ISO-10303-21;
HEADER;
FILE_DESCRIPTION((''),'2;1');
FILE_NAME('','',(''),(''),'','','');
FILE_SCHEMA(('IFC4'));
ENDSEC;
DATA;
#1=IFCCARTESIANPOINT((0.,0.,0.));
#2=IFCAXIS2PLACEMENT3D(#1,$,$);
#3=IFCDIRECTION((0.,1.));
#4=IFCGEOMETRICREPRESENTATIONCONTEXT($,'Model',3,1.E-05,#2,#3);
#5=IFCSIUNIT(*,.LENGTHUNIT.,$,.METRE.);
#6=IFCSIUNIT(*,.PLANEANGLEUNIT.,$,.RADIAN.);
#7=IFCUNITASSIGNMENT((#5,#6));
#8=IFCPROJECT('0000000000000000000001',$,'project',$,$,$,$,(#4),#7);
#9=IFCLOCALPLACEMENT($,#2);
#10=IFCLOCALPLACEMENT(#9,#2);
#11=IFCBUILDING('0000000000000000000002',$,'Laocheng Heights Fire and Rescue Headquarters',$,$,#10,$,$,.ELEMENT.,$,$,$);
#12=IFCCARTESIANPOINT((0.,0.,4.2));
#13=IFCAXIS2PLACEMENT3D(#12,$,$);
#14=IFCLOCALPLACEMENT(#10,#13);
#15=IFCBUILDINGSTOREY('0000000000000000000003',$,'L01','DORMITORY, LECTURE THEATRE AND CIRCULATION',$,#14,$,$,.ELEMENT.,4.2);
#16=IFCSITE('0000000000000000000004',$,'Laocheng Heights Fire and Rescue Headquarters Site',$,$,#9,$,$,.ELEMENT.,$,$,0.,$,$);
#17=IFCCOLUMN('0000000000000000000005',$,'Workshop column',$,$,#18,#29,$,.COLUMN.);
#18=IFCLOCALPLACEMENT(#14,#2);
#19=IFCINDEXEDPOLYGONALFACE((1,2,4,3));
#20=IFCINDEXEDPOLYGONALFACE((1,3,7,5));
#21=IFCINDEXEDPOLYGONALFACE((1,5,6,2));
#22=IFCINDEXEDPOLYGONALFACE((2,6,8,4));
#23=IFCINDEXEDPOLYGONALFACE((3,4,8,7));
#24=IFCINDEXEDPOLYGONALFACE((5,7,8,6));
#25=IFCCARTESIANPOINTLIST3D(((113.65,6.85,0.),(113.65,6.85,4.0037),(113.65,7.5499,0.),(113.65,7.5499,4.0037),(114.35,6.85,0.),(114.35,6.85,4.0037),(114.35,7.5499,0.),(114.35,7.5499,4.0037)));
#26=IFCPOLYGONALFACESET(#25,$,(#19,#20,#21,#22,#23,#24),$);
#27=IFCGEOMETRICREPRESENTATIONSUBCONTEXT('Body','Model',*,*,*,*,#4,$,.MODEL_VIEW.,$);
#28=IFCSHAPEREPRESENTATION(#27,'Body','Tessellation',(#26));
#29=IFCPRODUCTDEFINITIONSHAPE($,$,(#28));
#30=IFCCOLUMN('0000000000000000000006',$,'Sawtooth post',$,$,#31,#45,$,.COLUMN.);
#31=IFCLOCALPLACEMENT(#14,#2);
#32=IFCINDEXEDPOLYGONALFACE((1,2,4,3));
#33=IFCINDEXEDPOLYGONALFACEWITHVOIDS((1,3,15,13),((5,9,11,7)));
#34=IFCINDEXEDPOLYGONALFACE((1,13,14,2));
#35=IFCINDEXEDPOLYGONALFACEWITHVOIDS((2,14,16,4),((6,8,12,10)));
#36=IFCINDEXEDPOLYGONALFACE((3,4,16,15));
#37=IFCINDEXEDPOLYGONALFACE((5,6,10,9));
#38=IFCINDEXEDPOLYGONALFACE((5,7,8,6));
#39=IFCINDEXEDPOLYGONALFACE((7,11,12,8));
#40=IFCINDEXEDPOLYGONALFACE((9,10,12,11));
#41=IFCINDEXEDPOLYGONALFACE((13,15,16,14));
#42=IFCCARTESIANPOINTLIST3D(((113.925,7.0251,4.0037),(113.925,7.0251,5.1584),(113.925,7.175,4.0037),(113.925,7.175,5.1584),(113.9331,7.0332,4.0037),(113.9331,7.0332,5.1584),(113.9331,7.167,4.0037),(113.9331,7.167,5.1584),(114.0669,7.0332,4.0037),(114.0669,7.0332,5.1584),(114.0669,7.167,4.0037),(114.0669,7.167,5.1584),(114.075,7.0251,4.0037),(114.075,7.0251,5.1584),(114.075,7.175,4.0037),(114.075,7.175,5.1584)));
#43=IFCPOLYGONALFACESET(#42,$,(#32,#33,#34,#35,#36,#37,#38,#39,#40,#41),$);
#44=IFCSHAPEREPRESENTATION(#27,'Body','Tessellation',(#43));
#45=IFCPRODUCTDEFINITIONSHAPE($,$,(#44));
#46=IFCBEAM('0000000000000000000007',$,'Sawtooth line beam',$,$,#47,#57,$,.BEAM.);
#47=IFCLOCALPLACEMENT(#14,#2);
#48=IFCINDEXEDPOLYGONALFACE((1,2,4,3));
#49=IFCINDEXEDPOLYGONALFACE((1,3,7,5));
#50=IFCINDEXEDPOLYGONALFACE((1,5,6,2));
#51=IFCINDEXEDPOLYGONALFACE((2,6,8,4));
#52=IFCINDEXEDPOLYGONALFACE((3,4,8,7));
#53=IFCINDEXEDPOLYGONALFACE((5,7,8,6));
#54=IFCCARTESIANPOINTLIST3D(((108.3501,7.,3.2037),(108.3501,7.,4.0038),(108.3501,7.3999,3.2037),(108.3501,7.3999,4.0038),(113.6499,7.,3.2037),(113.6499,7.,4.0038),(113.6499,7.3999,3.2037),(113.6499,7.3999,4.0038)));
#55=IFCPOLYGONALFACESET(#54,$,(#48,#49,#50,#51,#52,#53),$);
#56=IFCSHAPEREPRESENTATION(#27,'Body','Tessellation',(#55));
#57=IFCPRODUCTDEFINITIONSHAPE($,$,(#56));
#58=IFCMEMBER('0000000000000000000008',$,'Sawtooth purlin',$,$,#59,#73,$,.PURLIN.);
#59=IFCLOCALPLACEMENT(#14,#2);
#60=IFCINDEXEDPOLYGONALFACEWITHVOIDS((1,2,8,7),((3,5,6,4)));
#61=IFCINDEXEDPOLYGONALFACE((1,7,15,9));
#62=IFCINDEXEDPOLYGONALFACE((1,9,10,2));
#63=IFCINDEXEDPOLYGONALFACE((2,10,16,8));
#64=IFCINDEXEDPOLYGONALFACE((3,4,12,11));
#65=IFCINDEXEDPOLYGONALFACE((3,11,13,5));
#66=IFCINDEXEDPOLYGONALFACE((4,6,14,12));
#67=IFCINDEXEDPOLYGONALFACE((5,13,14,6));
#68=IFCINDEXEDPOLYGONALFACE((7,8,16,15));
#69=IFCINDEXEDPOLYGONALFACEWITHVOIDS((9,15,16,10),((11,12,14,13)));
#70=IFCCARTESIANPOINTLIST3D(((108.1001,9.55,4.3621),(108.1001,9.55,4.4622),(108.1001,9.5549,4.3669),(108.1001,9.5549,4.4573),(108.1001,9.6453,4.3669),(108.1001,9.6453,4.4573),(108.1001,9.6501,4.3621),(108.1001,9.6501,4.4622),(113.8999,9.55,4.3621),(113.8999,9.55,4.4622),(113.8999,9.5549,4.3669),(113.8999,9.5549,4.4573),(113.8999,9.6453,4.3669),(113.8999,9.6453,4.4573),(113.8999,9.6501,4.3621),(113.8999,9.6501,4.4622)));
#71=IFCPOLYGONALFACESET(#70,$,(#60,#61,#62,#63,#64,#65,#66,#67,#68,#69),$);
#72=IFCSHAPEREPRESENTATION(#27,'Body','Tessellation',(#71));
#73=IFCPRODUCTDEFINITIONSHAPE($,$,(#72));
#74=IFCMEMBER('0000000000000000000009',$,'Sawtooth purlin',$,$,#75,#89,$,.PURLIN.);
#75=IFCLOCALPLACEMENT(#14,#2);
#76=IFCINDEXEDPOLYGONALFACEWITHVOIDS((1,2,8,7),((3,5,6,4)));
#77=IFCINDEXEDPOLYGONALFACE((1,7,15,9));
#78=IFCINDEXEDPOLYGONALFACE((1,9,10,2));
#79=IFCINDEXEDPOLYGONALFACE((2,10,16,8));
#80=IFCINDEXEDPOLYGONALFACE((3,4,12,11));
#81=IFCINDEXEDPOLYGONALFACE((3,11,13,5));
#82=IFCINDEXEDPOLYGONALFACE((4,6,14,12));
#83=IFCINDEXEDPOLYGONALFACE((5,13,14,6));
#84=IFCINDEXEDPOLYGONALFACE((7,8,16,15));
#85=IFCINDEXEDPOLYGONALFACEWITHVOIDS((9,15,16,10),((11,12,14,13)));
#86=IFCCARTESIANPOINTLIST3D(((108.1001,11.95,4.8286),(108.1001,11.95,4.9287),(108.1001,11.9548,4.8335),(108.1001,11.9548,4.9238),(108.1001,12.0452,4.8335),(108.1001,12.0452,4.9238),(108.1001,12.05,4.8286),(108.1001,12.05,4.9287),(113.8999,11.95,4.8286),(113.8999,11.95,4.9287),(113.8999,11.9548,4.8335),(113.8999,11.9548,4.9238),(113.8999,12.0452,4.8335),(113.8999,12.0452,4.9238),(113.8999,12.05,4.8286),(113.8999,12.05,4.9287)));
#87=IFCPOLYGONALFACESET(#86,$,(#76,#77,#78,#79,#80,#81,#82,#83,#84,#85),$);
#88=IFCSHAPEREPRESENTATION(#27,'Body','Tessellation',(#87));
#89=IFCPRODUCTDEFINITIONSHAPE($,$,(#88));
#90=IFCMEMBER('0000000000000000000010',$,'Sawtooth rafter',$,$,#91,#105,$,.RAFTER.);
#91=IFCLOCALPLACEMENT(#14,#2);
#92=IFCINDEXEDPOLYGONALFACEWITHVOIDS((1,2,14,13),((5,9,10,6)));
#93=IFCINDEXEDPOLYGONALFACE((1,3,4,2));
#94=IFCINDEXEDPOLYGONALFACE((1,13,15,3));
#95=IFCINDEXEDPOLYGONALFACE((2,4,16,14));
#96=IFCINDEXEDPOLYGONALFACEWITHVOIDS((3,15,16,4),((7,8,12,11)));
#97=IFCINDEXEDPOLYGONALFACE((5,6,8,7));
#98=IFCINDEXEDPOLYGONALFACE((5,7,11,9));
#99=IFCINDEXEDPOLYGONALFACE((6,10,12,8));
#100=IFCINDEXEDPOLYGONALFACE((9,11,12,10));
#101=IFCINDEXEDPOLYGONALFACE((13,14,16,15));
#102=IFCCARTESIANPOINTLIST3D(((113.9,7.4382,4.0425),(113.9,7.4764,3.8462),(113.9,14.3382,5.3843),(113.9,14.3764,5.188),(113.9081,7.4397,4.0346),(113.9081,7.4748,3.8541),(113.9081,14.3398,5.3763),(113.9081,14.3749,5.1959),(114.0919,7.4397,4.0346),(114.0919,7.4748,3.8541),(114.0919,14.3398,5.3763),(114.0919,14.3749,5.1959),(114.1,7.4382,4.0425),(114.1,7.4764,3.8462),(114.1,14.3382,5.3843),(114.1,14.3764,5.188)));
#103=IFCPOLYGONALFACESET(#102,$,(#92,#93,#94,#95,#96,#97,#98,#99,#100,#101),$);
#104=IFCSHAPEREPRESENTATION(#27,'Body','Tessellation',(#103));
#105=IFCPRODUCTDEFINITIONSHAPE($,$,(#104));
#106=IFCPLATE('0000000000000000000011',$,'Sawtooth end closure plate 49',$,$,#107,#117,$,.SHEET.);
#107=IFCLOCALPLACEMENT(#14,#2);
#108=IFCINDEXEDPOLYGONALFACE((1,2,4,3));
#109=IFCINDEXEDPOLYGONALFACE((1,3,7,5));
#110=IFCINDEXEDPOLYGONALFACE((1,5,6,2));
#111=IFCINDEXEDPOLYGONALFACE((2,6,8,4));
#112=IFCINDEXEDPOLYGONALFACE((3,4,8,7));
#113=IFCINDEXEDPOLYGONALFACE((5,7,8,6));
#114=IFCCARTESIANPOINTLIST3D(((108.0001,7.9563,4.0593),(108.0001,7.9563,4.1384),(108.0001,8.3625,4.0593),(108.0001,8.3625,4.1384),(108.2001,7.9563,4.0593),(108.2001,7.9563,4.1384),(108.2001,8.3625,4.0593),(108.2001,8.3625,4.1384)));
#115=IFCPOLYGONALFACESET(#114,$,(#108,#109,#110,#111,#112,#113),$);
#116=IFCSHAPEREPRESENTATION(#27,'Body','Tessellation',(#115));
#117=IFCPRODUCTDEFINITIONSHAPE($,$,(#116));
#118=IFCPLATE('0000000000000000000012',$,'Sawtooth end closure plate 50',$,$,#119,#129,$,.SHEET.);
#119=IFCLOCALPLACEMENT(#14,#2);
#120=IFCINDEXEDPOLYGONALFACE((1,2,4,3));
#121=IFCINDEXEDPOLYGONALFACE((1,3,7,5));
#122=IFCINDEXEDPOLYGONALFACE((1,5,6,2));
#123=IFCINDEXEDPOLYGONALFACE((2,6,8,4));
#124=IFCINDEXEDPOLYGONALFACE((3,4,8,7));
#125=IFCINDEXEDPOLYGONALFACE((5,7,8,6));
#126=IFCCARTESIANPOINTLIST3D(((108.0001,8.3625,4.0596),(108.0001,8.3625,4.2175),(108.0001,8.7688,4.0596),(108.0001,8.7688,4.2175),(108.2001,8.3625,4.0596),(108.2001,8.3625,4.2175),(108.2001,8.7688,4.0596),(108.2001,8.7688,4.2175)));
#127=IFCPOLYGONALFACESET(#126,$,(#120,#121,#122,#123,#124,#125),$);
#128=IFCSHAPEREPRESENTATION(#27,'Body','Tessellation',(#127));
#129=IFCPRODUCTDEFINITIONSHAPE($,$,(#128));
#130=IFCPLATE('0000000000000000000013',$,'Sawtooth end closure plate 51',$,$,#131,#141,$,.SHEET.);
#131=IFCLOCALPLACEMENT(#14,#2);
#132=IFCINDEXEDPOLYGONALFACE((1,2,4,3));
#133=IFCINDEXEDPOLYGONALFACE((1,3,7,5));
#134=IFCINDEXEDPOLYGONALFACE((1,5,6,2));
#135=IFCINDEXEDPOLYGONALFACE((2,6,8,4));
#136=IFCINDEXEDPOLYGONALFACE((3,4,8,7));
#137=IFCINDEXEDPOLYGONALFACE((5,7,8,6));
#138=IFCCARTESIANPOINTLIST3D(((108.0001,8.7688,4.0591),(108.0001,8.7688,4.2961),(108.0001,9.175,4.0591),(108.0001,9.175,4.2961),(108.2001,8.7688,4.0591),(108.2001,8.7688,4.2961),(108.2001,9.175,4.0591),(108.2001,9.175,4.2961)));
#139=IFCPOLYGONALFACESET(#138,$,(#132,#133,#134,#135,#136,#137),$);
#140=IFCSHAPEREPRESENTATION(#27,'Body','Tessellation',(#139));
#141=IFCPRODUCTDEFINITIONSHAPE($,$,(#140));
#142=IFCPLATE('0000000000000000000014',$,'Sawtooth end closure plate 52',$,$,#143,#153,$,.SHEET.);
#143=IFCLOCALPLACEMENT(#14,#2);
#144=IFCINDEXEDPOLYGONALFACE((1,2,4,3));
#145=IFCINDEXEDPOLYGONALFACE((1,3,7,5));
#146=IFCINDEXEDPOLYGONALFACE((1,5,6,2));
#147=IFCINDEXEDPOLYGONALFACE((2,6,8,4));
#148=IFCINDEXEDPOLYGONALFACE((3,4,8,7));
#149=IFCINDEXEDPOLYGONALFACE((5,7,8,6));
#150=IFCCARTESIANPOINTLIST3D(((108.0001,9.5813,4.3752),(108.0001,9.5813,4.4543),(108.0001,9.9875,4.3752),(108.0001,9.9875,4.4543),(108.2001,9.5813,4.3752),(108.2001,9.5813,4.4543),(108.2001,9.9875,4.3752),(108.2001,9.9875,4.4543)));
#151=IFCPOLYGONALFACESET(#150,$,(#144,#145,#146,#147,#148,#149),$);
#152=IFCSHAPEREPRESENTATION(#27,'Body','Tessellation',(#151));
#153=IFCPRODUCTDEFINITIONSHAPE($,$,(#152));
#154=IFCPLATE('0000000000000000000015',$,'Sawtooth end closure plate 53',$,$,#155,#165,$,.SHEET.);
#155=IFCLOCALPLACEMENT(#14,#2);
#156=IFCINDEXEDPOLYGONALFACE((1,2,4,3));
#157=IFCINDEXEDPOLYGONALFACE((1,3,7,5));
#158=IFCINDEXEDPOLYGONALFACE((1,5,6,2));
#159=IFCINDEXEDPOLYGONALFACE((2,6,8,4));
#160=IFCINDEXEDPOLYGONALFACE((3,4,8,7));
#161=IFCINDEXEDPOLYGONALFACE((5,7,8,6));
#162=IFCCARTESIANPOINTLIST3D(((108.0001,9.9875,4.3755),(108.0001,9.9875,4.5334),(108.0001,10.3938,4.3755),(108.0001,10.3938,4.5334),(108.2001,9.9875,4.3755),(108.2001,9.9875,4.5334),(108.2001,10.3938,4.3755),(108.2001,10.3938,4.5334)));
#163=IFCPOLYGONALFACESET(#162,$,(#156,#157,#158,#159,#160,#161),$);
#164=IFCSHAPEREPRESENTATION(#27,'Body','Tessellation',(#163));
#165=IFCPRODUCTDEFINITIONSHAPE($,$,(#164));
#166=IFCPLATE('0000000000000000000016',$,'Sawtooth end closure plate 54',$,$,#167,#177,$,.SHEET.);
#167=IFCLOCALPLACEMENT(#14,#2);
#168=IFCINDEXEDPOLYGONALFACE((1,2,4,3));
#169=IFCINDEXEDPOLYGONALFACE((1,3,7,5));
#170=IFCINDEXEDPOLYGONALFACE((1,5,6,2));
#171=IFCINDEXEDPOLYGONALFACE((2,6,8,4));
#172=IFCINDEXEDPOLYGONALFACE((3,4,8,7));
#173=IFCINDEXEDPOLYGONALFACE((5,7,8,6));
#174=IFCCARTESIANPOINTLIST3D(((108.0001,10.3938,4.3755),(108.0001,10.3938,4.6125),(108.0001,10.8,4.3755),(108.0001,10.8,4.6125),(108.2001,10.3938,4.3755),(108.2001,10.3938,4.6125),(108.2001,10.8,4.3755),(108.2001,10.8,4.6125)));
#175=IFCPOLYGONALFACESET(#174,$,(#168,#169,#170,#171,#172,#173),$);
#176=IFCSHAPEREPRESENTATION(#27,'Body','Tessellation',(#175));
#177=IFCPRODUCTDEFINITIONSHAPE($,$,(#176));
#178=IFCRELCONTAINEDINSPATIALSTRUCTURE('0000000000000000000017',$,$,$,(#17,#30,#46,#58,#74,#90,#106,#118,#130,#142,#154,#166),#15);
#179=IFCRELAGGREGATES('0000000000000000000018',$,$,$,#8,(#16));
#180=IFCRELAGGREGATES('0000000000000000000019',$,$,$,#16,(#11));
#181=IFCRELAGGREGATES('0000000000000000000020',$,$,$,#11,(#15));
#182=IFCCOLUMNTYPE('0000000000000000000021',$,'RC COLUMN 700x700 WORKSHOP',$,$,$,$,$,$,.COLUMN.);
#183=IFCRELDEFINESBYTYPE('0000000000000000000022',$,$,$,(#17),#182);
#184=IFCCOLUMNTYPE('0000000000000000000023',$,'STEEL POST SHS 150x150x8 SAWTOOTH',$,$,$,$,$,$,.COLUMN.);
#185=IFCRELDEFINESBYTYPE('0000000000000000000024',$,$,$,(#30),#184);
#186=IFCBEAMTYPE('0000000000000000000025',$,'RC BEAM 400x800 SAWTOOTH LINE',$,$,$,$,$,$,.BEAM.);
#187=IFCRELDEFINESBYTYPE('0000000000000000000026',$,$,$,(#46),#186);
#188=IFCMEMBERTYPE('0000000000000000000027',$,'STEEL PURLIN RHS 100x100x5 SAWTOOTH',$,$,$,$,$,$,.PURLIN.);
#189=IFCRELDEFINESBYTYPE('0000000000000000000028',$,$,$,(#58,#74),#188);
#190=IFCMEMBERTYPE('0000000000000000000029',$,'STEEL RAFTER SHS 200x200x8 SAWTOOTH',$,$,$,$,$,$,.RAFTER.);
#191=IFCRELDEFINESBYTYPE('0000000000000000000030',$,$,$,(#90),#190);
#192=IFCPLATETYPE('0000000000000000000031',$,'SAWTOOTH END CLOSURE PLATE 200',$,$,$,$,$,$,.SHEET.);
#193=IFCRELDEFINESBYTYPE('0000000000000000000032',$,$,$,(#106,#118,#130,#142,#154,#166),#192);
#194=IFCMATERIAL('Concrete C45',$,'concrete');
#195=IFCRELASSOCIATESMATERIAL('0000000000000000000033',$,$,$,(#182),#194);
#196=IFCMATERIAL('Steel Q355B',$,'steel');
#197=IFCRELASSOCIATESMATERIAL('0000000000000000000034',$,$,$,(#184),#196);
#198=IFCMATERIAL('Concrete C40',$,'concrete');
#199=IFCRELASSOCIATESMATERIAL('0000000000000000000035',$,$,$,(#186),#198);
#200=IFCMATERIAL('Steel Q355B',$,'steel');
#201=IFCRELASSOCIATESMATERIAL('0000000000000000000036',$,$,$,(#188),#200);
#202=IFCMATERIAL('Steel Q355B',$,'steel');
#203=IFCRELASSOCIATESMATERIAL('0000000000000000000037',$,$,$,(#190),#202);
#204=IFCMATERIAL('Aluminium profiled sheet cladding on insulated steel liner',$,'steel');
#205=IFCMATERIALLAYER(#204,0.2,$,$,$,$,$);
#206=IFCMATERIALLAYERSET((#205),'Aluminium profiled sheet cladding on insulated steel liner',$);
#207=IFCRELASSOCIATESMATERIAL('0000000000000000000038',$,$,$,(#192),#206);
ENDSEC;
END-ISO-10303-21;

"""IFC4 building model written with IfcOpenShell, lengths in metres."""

from ifc_helpers import new_model, si_unit, direction, frame, origin, origin_2d, place, context, subcontext, project, spatial, rectangle, hollow_rectangle, extrude, material, layer, layer_set, material_profile, profile_set, type_object, element, save


model = new_model("IFC4")

# Units and contexts
model_context = context("Model", 3, precision=1e-05, world=origin(), true_north=direction((0.0, 1.0)))
body_context = subcontext(model_context, "Body", "Model", "MODEL_VIEW")
ifc_project = project(units=[si_unit("LENGTHUNIT", "METRE"), si_unit("PLANEANGLEUNIT", "RADIAN")], contexts=[model_context])

# Site, building, storey
site_placement = place(None, origin())
site = spatial("IfcSite", under=ifc_project, at=site_placement, Name="Laocheng Heights Fire and Rescue Headquarters Site", CompositionType="ELEMENT", RefElevation=0.0)
building_placement = place(site_placement, origin())
building = spatial("IfcBuilding", under=site, at=building_placement, Name="Laocheng Heights Fire and Rescue Headquarters", CompositionType="ELEMENT")
storey_placement = place(building_placement, frame((0.0, 0.0, 4.2)))
storey = spatial("IfcBuildingStorey", under=building, at=storey_placement, Name="L01", Description="DORMITORY, LECTURE THEATRE AND CIRCULATION", CompositionType="ELEMENT", Elevation=4.2)

# Columns
ifc_material_1 = material(Name="Concrete C45", Category="concrete")
ifc_material_profile_1 = material_profile(ifc_material_1, rectangle(XDim=0.7, YDim=0.7, at=origin_2d()), Name="RC COLUMN 700x700 WORKSHOP")
ifc_profile_set_1 = profile_set([ifc_material_profile_1], Name="Concrete C45")
column_type_1 = type_object("IfcColumnType", Name="RC COLUMN 700x700 WORKSHOP", PredefinedType="COLUMN", material=ifc_profile_set_1)
column_1_placement = place(storey_placement, frame((114.0, 7.2, 0.0), z_axis=(0.0, 0.0, 1.0), x_axis=(1.0, 0.0, 0.0)))
element("IfcColumn", 1, at=column_1_placement, inside=storey, type_object=column_type_1, Name="Workshop column", PredefinedType="COLUMN", context=body_context, shape_type="SweptSolid", body=[
    extrude(rectangle(XDim=0.7, YDim=0.7, at=origin_2d()), origin(), (0.0, 0.0, 1.0), 4.0037),
])
ifc_material_2 = material(Name="Steel Q355B", Category="steel")
ifc_material_profile_2 = material_profile(ifc_material_2, hollow_rectangle(XDim=0.1499, YDim=0.1499, WallThickness=0.0081, at=origin_2d()), Name="SHS 150x150x8")
ifc_profile_set_2 = profile_set([ifc_material_profile_2], Name="Steel Q355B")
column_type_2 = type_object("IfcColumnType", Name="STEEL POST SHS 150x150x8 SAWTOOTH", PredefinedType="COLUMN", material=ifc_profile_set_2)
column_2_placement = place(storey_placement, frame((114.0, 7.1001, 4.0037), z_axis=(0.0, 0.0, 1.0), x_axis=(1.0, 0.0, 0.0)))
element("IfcColumn", 2, at=column_2_placement, inside=storey, type_object=column_type_2, Name="Sawtooth post", PredefinedType="COLUMN", context=body_context, shape_type="SweptSolid", body=[
    extrude(hollow_rectangle(XDim=0.1499, YDim=0.1499, WallThickness=0.0081, at=origin_2d()), origin(), (0.0, 0.0, 1.0), 1.1548),
])

# Beam
ifc_material_3 = material(Name="Concrete C40", Category="concrete")
ifc_material_profile_3 = material_profile(ifc_material_3, rectangle(XDim=0.3999, YDim=0.8, at=origin_2d()), Name="RC BEAM 400x800 SAWTOOTH LINE")
ifc_profile_set_3 = profile_set([ifc_material_profile_3], Name="Concrete C40")
beam_type = type_object("IfcBeamType", Name="RC BEAM 400x800 SAWTOOTH LINE", PredefinedType="BEAM", material=ifc_profile_set_3)
beam_placement = place(storey_placement, frame((108.3501, 7.2, 3.6038), z_axis=(1.0, 0.0, 0.0), x_axis=(0.0, 1.0, 0.0)))
element("IfcBeam", 3, at=beam_placement, inside=storey, type_object=beam_type, Name="Sawtooth line beam", PredefinedType="BEAM", context=body_context, shape_type="SweptSolid", body=[
    extrude(rectangle(XDim=0.3999, YDim=0.8, at=origin_2d()), origin(), (0.0, 0.0, 1.0), 5.2998),
])

# Members
ifc_material_4 = material(Name="Steel Q355B", Category="steel")
ifc_material_profile_4 = material_profile(ifc_material_4, hollow_rectangle(XDim=0.1001, YDim=0.1001, WallThickness=0.0049, at=origin_2d()), Name="RHS 100x100x5")
ifc_profile_set_4 = profile_set([ifc_material_profile_4], Name="Steel Q355B")
member_type_1 = type_object("IfcMemberType", Name="STEEL PURLIN RHS 100x100x5 SAWTOOTH", PredefinedType="PURLIN", material=ifc_profile_set_4)
for number, where, z_axis, x_axis, name in (
    (4, (108.1001, 9.6001, 4.4121), (1.0, 0.0, 0.0), (0.0, 1.0, 0.0), "Sawtooth purlin"),
    (5, (108.1001, 12.0, 4.8787), (1.0, 0.0, 0.0), (0.0, 1.0, 0.0), "Sawtooth purlin"),
):
    element("IfcMember", number, at=place(storey_placement, frame(where, z_axis=z_axis, x_axis=x_axis)), inside=storey, type_object=member_type_1, Name=name, PredefinedType="PURLIN", context=body_context, shape_type="SweptSolid", body=[
        extrude(hollow_rectangle(XDim=0.1001, YDim=0.1001, WallThickness=0.0049, at=origin_2d()), origin(), (0.0, 0.0, 1.0), 5.7998),
    ])
ifc_material_5 = material(Name="Steel Q355B", Category="steel")
ifc_material_profile_5 = material_profile(ifc_material_5, hollow_rectangle(XDim=0.2, YDim=0.2, WallThickness=0.0081, at=origin_2d()), Name="SHS 200x200x8")
ifc_profile_set_5 = profile_set([ifc_material_profile_5], Name="Steel Q355B")
member_type_2 = type_object("IfcMemberType", Name="STEEL RAFTER SHS 200x200x8 SAWTOOTH", PredefinedType="RAFTER", material=ifc_profile_set_5)
member_placement = place(storey_placement, frame((114.0, 7.4573, 3.9443), z_axis=(0.0, 0.981613, 0.190884), x_axis=(-1.0, 0.0, 0.0)))
element("IfcMember", 6, at=member_placement, inside=storey, type_object=member_type_2, Name="Sawtooth rafter", PredefinedType="RAFTER", context=body_context, shape_type="SweptSolid", body=[
    extrude(hollow_rectangle(XDim=0.2, YDim=0.2, WallThickness=0.0081, at=origin_2d()), origin(), (0.0, 0.0, 1.0), 7.0293),
])

# Plates
ifc_material_6 = material(Name="Aluminium profiled sheet cladding on insulated steel liner", Category="steel")
ifc_layer_1 = layer(ifc_material_6, 0.2)
ifc_layer_set_1 = layer_set([ifc_layer_1], Name="Aluminium profiled sheet cladding on insulated steel liner")
plate_type = type_object("IfcPlateType", Name="SAWTOOTH END CLOSURE PLATE 200", PredefinedType="SHEET", material=ifc_layer_set_1)
plate_1_placement = place(storey_placement, frame((108.1001, 8.1594, 4.0593), z_axis=(0.0, 0.0, 1.0), x_axis=(1.0, 0.0, 0.0)))
element("IfcPlate", 7, at=plate_1_placement, inside=storey, type_object=plate_type, Name="Sawtooth end closure plate 49", PredefinedType="SHEET", context=body_context, shape_type="SweptSolid", body=[
    extrude(rectangle(XDim=0.2, YDim=0.4062, at=origin_2d()), origin(), (0.0, 0.0, 1.0), 0.0791),
])
plate_2_placement = place(storey_placement, frame((108.1001, 8.5657, 4.0596), z_axis=(0.0, 0.0, 1.0), x_axis=(1.0, 0.0, 0.0)))
element("IfcPlate", 8, at=plate_2_placement, inside=storey, type_object=plate_type, Name="Sawtooth end closure plate 50", PredefinedType="SHEET", context=body_context, shape_type="SweptSolid", body=[
    extrude(rectangle(XDim=0.2, YDim=0.4062, at=origin_2d()), origin(), (0.0, 0.0, 1.0), 0.158),
])
plate_3_placement = place(storey_placement, frame((108.1001, 8.9719, 4.0591), z_axis=(0.0, 0.0, 1.0), x_axis=(1.0, 0.0, 0.0)))
element("IfcPlate", 9, at=plate_3_placement, inside=storey, type_object=plate_type, Name="Sawtooth end closure plate 51", PredefinedType="SHEET", context=body_context, shape_type="SweptSolid", body=[
    extrude(rectangle(XDim=0.2, YDim=0.4062, at=origin_2d()), origin(), (0.0, 0.0, 1.0), 0.2371),
])
plate_4_placement = place(storey_placement, frame((108.1001, 9.7844, 4.3752), z_axis=(0.0, 0.0, 1.0), x_axis=(1.0, 0.0, 0.0)))
element("IfcPlate", 10, at=plate_4_placement, inside=storey, type_object=plate_type, Name="Sawtooth end closure plate 52", PredefinedType="SHEET", context=body_context, shape_type="SweptSolid", body=[
    extrude(rectangle(XDim=0.2, YDim=0.4062, at=origin_2d()), origin(), (0.0, 0.0, 1.0), 0.0791),
])
plate_5_placement = place(storey_placement, frame((108.1001, 10.1907, 4.3755), z_axis=(0.0, 0.0, 1.0), x_axis=(1.0, 0.0, 0.0)))
element("IfcPlate", 11, at=plate_5_placement, inside=storey, type_object=plate_type, Name="Sawtooth end closure plate 53", PredefinedType="SHEET", context=body_context, shape_type="SweptSolid", body=[
    extrude(rectangle(XDim=0.2, YDim=0.4062, at=origin_2d()), origin(), (0.0, 0.0, 1.0), 0.158),
])
plate_6_placement = place(storey_placement, frame((108.1001, 10.5969, 4.3755), z_axis=(0.0, 0.0, 1.0), x_axis=(1.0, 0.0, 0.0)))
element("IfcPlate", 12, at=plate_6_placement, inside=storey, type_object=plate_type, Name="Sawtooth end closure plate 54", PredefinedType="SHEET", context=body_context, shape_type="SweptSolid", body=[
    extrude(rectangle(XDim=0.2, YDim=0.4062, at=origin_2d()), origin(), (0.0, 0.0, 1.0), 0.2371),
])

save(model, "model.ifc")
